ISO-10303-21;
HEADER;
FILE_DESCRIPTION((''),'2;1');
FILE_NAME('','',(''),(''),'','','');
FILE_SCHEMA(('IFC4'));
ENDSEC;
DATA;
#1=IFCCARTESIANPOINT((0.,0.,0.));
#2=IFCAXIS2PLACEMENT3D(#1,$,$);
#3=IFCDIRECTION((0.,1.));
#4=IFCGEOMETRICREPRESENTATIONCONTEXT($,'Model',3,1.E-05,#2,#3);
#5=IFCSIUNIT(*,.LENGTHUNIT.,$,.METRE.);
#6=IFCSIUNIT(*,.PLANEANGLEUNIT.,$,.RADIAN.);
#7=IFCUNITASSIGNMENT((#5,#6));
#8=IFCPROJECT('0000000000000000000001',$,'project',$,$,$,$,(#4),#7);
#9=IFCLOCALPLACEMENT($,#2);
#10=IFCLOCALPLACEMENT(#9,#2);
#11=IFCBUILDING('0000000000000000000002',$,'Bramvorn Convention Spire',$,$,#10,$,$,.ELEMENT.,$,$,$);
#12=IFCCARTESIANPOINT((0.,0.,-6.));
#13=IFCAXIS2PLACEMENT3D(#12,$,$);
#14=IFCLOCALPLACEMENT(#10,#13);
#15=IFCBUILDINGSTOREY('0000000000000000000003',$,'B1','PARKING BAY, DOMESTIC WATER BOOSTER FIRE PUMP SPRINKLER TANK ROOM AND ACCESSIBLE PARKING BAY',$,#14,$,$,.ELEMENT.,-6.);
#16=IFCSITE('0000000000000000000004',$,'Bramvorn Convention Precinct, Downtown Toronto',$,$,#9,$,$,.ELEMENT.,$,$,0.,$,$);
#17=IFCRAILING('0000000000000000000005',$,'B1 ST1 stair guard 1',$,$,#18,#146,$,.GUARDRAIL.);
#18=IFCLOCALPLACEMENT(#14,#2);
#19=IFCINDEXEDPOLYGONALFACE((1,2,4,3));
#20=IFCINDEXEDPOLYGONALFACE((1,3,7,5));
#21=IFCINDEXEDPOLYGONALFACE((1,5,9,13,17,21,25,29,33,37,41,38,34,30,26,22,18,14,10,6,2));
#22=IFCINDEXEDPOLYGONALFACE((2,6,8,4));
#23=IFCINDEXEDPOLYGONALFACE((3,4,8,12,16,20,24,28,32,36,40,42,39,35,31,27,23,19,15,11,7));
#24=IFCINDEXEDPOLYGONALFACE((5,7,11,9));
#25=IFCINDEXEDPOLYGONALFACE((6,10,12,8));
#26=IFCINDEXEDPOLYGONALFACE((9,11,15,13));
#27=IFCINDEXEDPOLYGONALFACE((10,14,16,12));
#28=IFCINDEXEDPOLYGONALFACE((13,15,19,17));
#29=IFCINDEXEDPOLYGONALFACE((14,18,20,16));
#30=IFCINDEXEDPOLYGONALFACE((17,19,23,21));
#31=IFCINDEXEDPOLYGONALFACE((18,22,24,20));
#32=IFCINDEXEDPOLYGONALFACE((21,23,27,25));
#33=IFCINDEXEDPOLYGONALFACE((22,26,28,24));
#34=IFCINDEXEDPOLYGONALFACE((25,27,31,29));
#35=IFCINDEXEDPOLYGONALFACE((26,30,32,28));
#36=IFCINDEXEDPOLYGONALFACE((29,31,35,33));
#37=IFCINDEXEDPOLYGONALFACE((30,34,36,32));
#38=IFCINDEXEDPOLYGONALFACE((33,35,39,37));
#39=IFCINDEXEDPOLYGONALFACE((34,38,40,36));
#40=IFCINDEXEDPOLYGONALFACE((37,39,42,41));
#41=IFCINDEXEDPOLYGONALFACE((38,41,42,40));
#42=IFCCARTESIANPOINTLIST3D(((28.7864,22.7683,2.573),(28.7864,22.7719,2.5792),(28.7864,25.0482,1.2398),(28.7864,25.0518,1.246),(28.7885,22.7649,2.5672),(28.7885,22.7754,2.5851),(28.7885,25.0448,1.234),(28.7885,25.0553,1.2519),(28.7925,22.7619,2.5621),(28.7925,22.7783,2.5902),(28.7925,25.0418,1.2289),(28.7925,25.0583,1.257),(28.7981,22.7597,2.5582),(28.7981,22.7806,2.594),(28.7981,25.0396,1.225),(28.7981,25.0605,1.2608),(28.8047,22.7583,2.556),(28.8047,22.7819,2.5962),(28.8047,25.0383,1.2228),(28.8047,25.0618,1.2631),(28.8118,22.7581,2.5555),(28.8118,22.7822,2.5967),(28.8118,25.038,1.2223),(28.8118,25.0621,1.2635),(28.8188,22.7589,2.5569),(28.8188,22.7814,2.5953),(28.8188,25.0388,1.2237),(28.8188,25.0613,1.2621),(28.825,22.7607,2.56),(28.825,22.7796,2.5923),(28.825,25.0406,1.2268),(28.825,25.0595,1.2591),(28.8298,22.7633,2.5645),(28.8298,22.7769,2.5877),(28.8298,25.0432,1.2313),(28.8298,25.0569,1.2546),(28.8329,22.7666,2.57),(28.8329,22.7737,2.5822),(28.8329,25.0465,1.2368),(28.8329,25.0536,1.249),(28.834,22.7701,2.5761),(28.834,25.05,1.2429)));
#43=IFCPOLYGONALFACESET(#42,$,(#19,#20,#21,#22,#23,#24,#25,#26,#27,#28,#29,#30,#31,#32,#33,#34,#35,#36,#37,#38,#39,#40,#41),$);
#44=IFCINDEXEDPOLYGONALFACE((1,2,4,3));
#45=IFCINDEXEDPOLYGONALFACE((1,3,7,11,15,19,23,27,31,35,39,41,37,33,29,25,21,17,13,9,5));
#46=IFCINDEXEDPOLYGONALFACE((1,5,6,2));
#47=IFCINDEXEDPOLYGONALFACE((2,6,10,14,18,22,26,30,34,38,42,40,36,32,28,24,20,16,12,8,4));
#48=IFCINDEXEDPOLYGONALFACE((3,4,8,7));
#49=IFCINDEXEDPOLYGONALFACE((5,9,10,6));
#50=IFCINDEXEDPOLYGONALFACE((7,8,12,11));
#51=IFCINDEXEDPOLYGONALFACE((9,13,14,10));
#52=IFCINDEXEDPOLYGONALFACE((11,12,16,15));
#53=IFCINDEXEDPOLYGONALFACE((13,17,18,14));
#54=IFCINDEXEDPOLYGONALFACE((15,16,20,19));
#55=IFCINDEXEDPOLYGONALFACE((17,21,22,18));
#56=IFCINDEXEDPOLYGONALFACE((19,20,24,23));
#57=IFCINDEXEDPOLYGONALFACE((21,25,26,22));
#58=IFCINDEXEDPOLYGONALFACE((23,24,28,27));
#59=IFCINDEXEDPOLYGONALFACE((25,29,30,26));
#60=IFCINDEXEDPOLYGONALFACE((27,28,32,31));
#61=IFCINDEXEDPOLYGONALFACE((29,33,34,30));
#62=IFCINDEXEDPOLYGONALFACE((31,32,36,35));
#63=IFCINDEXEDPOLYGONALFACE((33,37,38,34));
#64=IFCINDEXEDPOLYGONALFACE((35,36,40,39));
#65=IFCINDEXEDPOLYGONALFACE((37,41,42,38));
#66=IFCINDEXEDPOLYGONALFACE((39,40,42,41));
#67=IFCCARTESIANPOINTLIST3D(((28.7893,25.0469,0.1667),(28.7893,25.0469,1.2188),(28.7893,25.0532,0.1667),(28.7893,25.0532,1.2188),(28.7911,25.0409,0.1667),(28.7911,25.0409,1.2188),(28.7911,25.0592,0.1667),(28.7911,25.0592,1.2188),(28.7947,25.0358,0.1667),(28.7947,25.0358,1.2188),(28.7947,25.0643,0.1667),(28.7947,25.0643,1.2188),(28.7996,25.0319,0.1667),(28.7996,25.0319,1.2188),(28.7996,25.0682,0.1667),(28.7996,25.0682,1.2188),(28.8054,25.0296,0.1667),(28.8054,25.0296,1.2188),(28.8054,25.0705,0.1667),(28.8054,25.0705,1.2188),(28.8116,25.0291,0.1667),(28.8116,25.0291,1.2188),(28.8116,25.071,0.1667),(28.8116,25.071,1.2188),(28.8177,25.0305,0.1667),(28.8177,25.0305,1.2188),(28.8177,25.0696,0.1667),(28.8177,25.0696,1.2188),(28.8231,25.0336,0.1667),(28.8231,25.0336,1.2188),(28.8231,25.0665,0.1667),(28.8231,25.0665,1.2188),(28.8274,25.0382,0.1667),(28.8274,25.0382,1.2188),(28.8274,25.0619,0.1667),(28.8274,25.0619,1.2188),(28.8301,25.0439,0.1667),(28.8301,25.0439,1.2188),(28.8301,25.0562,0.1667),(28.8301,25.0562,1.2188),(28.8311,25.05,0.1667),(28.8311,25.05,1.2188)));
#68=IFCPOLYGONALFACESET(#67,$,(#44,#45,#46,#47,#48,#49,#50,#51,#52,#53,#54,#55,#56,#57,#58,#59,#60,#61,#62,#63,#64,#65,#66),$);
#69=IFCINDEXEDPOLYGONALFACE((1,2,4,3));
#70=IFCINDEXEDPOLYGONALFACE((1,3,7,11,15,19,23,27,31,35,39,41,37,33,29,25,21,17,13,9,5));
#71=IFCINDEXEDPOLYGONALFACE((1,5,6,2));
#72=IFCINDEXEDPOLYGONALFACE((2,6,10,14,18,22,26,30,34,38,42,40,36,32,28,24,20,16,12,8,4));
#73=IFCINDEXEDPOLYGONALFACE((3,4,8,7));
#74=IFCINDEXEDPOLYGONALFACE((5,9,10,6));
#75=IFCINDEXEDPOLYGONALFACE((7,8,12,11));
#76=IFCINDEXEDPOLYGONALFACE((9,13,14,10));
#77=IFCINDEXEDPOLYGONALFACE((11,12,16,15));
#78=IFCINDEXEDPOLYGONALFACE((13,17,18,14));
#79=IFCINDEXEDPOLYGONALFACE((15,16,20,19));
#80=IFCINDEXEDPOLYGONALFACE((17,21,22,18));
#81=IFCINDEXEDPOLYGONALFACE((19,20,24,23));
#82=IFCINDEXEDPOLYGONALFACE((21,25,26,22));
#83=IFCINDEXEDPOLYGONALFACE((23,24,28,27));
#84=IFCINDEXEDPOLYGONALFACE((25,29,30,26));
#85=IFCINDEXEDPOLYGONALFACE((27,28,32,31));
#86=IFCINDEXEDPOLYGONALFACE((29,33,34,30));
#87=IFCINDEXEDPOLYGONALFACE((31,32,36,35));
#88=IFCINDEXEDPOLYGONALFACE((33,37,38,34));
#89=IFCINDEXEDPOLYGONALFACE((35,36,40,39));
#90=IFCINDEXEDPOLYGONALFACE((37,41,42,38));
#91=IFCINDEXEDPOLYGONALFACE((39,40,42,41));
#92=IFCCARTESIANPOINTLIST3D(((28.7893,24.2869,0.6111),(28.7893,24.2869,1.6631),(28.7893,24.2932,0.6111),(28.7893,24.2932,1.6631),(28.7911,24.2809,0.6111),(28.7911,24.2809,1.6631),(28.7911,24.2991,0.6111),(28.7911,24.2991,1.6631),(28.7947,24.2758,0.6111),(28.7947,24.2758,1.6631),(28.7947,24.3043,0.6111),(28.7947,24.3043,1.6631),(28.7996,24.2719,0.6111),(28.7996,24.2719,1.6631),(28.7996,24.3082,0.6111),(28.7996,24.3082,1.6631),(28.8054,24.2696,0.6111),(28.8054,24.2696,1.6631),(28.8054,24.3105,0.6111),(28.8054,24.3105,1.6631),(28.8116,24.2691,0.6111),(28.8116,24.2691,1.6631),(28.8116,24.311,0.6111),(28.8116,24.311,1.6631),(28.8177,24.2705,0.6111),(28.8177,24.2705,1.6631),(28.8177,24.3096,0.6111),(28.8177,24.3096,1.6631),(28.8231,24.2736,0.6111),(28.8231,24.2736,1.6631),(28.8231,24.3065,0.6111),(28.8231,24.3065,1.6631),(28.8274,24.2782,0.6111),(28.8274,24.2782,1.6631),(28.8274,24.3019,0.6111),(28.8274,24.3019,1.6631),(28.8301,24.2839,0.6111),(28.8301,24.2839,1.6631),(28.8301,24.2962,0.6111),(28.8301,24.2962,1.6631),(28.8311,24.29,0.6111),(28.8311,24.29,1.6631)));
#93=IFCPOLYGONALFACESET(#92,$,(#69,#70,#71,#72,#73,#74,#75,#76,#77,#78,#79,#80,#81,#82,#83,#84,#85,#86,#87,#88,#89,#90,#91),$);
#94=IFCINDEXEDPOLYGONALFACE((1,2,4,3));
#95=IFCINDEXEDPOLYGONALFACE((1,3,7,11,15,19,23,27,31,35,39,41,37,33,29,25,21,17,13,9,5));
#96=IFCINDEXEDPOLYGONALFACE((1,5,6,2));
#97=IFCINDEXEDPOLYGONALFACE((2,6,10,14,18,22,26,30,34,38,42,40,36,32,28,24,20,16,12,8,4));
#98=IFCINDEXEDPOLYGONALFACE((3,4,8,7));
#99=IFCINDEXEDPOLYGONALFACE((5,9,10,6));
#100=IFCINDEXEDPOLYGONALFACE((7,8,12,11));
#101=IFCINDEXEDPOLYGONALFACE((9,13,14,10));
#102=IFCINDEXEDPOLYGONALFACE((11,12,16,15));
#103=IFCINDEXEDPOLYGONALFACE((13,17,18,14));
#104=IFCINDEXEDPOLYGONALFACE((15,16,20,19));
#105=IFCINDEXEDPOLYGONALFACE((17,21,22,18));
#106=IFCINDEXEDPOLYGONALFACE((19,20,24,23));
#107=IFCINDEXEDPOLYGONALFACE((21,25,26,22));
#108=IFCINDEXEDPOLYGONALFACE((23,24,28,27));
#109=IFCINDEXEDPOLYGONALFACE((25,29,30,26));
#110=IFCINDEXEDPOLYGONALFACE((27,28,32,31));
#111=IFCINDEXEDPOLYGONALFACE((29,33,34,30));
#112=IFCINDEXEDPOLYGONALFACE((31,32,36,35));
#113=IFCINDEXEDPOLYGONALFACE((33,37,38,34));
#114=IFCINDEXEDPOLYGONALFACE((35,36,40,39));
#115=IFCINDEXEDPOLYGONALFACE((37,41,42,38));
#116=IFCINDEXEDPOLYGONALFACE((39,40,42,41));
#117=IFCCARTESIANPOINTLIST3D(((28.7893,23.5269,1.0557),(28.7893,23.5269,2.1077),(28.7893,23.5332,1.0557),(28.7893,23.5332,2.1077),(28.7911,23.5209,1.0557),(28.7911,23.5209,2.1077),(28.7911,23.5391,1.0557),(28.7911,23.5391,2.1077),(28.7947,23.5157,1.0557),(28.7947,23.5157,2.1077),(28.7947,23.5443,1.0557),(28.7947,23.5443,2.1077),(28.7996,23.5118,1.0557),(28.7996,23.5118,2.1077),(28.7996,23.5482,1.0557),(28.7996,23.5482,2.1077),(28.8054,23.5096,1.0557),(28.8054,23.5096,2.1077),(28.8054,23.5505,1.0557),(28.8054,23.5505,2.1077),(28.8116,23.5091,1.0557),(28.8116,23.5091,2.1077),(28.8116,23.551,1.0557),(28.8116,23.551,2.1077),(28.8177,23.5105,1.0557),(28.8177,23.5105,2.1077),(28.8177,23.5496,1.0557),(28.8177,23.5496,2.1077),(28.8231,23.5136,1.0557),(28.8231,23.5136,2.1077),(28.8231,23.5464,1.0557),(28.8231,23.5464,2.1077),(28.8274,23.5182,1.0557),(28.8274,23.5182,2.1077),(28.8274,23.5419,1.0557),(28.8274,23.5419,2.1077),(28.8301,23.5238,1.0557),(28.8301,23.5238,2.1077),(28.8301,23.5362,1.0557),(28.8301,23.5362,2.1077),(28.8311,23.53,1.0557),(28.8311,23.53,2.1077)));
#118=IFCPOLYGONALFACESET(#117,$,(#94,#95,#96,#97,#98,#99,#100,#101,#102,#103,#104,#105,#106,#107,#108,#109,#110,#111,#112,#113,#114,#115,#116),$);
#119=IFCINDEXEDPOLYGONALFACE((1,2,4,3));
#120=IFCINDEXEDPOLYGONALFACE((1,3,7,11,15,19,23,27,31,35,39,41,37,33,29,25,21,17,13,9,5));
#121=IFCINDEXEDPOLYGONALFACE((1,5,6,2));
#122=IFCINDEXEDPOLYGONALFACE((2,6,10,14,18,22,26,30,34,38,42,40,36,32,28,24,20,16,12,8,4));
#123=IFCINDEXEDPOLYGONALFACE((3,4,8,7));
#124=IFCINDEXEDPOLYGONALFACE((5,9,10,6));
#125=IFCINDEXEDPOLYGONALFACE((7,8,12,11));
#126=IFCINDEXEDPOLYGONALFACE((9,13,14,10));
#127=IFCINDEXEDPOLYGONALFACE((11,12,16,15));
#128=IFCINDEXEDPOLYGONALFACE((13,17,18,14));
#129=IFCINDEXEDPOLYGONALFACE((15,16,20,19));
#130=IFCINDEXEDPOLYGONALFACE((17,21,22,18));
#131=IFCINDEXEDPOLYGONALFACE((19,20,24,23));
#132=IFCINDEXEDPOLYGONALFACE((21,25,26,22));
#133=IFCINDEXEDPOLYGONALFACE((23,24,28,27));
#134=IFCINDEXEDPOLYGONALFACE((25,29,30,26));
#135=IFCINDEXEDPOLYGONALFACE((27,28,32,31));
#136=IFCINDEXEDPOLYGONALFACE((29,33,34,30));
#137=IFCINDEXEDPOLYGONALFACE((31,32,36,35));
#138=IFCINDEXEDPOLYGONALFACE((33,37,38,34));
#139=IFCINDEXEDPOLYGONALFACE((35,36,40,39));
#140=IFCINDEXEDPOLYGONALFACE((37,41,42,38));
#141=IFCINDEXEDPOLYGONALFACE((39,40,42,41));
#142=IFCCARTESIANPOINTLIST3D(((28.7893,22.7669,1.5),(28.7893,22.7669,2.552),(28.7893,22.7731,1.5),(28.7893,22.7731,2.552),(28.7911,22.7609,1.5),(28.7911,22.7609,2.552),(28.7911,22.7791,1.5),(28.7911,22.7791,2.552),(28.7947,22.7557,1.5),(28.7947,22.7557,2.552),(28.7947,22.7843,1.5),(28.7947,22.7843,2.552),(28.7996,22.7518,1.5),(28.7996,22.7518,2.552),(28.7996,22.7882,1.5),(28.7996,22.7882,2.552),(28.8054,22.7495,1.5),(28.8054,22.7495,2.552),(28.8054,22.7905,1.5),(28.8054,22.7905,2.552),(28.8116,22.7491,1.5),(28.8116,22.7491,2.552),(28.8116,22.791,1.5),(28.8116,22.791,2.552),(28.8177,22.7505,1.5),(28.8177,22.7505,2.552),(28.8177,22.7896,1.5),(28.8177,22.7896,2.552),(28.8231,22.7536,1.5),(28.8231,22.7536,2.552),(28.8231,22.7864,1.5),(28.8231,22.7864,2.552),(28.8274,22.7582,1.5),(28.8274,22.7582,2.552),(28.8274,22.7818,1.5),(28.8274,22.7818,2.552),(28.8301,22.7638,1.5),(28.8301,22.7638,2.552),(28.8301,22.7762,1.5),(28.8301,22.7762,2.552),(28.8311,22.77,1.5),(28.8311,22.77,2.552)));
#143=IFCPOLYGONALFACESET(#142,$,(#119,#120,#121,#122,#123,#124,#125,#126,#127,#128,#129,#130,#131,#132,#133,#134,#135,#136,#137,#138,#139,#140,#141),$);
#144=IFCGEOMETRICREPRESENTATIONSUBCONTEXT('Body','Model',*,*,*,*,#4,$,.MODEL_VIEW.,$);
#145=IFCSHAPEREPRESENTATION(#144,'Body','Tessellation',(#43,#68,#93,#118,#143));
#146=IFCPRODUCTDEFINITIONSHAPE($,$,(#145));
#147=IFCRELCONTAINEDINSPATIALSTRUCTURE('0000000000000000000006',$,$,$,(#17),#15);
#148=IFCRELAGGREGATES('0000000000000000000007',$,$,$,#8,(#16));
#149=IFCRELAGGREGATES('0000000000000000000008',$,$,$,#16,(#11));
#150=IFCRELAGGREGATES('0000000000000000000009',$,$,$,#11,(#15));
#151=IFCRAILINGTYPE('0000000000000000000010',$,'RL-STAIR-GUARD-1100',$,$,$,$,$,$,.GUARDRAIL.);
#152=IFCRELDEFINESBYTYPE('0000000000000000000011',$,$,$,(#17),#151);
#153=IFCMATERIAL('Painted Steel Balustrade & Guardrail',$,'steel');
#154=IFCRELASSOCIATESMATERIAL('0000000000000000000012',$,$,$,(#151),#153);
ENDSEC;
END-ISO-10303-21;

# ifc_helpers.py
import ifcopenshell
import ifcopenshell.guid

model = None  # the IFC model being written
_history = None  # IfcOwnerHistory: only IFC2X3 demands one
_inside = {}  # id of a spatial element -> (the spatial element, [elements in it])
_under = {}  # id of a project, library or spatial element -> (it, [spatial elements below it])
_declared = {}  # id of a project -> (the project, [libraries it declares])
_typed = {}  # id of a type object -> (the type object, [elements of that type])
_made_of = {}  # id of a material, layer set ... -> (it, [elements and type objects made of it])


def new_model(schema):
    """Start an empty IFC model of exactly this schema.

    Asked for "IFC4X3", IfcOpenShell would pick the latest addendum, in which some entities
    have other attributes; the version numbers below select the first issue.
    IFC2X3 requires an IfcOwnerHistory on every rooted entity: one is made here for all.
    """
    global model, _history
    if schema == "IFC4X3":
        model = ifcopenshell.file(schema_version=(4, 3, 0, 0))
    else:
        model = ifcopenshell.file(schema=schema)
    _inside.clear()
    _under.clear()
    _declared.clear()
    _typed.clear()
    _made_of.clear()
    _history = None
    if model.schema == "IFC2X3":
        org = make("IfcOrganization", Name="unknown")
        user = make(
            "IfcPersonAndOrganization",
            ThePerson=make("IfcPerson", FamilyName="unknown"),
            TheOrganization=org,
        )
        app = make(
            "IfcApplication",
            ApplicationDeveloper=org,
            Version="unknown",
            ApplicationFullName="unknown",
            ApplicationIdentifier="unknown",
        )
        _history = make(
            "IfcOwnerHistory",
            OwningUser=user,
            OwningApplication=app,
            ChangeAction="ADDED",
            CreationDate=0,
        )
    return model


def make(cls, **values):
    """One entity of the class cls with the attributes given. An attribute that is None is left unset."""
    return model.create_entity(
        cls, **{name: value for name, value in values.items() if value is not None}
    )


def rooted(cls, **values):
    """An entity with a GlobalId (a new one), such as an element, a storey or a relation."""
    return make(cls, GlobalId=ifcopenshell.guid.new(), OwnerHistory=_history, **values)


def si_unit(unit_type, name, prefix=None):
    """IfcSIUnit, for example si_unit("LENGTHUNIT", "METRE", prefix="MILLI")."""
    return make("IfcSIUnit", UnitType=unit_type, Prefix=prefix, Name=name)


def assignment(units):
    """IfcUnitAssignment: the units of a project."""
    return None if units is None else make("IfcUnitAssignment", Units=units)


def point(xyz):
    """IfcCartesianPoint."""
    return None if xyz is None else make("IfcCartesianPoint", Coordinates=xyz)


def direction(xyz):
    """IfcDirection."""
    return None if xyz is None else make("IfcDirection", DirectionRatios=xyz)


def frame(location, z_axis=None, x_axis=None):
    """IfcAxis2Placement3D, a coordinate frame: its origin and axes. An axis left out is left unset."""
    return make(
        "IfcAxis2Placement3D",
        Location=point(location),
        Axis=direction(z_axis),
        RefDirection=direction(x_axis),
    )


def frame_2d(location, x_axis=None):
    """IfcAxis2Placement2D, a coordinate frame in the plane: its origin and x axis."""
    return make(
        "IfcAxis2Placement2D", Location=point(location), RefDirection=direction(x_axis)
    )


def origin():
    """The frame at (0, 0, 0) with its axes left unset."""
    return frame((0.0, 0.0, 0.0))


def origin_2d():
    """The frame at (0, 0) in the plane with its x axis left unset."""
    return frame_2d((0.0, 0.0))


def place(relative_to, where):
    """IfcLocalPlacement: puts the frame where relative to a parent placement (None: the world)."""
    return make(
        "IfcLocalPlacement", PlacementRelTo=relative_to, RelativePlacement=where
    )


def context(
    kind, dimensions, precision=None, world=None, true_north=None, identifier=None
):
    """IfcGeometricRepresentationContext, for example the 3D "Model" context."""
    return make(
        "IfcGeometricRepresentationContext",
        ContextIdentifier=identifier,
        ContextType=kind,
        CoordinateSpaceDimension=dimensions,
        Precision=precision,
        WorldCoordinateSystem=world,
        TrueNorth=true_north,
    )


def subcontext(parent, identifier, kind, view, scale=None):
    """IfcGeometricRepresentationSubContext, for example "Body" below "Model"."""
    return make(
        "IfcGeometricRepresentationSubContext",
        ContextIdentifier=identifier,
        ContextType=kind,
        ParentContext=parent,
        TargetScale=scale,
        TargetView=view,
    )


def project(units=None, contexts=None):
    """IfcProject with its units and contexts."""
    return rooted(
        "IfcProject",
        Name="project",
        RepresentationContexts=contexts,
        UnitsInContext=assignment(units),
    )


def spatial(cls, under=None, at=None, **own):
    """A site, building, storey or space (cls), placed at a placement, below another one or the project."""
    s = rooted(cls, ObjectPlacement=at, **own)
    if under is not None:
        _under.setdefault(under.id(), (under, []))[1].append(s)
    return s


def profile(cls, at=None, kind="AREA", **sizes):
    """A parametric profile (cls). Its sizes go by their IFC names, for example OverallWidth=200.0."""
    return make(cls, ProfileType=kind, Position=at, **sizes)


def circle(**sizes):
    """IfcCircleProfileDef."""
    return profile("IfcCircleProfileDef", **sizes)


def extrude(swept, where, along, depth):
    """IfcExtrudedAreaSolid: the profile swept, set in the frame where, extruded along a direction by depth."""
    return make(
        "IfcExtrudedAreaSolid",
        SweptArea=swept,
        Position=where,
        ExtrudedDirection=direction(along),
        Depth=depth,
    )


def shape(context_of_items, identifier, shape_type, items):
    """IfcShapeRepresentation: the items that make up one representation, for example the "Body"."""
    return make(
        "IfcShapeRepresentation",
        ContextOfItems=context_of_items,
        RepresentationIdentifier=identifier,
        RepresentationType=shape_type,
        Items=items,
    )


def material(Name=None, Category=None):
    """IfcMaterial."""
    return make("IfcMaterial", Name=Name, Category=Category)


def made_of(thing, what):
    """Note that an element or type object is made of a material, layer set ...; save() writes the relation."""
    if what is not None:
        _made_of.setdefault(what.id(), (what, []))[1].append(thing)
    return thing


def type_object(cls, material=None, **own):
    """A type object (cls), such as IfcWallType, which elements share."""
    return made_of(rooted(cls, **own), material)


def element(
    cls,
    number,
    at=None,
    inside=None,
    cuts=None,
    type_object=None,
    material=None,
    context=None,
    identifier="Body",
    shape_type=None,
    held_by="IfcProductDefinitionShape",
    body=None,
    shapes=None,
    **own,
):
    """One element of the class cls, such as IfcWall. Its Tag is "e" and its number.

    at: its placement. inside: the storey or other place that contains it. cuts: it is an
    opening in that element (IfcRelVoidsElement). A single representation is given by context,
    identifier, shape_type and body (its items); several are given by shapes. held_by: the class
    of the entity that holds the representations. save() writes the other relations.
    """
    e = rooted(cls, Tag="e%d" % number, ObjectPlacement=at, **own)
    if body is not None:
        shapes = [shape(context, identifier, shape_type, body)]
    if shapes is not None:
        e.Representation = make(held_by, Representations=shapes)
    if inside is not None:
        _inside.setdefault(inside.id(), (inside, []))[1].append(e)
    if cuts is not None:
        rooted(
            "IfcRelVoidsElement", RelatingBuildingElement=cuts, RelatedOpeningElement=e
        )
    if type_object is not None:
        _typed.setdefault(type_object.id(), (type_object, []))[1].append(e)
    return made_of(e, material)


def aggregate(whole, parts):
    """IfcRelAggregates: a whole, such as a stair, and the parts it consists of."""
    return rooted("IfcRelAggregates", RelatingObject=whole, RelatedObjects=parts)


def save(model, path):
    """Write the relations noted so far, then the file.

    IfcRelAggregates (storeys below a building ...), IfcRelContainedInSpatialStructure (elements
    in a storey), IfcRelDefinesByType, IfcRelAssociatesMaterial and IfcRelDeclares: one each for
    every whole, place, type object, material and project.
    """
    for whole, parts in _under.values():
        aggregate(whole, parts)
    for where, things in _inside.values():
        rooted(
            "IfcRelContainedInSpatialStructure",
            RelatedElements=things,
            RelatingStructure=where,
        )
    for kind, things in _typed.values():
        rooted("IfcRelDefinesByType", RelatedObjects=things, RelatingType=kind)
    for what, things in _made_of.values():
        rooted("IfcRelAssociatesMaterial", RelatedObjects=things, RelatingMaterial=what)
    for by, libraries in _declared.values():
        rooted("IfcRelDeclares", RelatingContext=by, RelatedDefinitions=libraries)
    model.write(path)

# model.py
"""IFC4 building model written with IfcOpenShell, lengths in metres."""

from ifc_helpers import new_model, si_unit, direction, frame, origin, origin_2d, place, context, subcontext, project, spatial, circle, extrude, material, type_object, element, save


model = new_model("IFC4")

# Units and contexts
model_context = context("Model", 3, precision=1e-05, world=origin(), true_north=direction((0.0, 1.0)))
body_context = subcontext(model_context, "Body", "Model", "MODEL_VIEW")
ifc_project = project(units=[si_unit("LENGTHUNIT", "METRE"), si_unit("PLANEANGLEUNIT", "RADIAN")], contexts=[model_context])

# Site, building, storey
site_placement = place(None, origin())
site = spatial("IfcSite", under=ifc_project, at=site_placement, Name="Bramvorn Convention Precinct, Downtown Toronto", CompositionType="ELEMENT", RefElevation=0.0)
building_placement = place(site_placement, origin())
building = spatial("IfcBuilding", under=site, at=building_placement, Name="Bramvorn Convention Spire", CompositionType="ELEMENT")
storey_placement = place(building_placement, frame((0.0, 0.0, -6.0)))
storey = spatial("IfcBuildingStorey", under=building, at=storey_placement, Name="B1", Description="PARKING BAY, DOMESTIC WATER BOOSTER FIRE PUMP SPRINKLER TANK ROOM AND ACCESSIBLE PARKING BAY", CompositionType="ELEMENT", Elevation=-6.0)

# Railing
ifc_material_1 = material(Name="Painted Steel Balustrade & Guardrail", Category="steel")
railing_type_1 = type_object("IfcRailingType", Name="RL-STAIR-GUARD-1100", PredefinedType="GUARDRAIL", material=ifc_material_1)
railing_1_placement = place(storey_placement, frame((28.8101, 25.05, 0.1667)))
element("IfcRailing", 1, at=railing_1_placement, inside=storey, type_object=railing_type_1, Name="B1 ST1 stair guard 1", PredefinedType="GUARDRAIL", context=body_context, shape_type="SweptSolid", body=[
    extrude(circle(Radius=0.0239, at=origin_2d()), frame((0.0, 0.0, 1.0762), z_axis=(0.0, -0.863245, 0.504785), x_axis=(1.0, 0.0, 0.0)), (0.0, 0.0, 1.0), 2.6411),
    extrude(circle(Radius=0.021, at=origin_2d()), origin(), (0.0, 0.0, 1.0), 1.052),
    extrude(circle(Radius=0.021, at=origin_2d()), frame((0.0, -0.76, 0.4443)), (0.0, 0.0, 1.0), 1.052),
    extrude(circle(Radius=0.021, at=origin_2d()), frame((0.0, -1.52, 0.8889)), (0.0, 0.0, 1.0), 1.052),
    extrude(circle(Radius=0.021, at=origin_2d()), frame((0.0, -2.28, 1.3333)), (0.0, 0.0, 1.0), 1.052),
])

save(model, "model.ifc")
